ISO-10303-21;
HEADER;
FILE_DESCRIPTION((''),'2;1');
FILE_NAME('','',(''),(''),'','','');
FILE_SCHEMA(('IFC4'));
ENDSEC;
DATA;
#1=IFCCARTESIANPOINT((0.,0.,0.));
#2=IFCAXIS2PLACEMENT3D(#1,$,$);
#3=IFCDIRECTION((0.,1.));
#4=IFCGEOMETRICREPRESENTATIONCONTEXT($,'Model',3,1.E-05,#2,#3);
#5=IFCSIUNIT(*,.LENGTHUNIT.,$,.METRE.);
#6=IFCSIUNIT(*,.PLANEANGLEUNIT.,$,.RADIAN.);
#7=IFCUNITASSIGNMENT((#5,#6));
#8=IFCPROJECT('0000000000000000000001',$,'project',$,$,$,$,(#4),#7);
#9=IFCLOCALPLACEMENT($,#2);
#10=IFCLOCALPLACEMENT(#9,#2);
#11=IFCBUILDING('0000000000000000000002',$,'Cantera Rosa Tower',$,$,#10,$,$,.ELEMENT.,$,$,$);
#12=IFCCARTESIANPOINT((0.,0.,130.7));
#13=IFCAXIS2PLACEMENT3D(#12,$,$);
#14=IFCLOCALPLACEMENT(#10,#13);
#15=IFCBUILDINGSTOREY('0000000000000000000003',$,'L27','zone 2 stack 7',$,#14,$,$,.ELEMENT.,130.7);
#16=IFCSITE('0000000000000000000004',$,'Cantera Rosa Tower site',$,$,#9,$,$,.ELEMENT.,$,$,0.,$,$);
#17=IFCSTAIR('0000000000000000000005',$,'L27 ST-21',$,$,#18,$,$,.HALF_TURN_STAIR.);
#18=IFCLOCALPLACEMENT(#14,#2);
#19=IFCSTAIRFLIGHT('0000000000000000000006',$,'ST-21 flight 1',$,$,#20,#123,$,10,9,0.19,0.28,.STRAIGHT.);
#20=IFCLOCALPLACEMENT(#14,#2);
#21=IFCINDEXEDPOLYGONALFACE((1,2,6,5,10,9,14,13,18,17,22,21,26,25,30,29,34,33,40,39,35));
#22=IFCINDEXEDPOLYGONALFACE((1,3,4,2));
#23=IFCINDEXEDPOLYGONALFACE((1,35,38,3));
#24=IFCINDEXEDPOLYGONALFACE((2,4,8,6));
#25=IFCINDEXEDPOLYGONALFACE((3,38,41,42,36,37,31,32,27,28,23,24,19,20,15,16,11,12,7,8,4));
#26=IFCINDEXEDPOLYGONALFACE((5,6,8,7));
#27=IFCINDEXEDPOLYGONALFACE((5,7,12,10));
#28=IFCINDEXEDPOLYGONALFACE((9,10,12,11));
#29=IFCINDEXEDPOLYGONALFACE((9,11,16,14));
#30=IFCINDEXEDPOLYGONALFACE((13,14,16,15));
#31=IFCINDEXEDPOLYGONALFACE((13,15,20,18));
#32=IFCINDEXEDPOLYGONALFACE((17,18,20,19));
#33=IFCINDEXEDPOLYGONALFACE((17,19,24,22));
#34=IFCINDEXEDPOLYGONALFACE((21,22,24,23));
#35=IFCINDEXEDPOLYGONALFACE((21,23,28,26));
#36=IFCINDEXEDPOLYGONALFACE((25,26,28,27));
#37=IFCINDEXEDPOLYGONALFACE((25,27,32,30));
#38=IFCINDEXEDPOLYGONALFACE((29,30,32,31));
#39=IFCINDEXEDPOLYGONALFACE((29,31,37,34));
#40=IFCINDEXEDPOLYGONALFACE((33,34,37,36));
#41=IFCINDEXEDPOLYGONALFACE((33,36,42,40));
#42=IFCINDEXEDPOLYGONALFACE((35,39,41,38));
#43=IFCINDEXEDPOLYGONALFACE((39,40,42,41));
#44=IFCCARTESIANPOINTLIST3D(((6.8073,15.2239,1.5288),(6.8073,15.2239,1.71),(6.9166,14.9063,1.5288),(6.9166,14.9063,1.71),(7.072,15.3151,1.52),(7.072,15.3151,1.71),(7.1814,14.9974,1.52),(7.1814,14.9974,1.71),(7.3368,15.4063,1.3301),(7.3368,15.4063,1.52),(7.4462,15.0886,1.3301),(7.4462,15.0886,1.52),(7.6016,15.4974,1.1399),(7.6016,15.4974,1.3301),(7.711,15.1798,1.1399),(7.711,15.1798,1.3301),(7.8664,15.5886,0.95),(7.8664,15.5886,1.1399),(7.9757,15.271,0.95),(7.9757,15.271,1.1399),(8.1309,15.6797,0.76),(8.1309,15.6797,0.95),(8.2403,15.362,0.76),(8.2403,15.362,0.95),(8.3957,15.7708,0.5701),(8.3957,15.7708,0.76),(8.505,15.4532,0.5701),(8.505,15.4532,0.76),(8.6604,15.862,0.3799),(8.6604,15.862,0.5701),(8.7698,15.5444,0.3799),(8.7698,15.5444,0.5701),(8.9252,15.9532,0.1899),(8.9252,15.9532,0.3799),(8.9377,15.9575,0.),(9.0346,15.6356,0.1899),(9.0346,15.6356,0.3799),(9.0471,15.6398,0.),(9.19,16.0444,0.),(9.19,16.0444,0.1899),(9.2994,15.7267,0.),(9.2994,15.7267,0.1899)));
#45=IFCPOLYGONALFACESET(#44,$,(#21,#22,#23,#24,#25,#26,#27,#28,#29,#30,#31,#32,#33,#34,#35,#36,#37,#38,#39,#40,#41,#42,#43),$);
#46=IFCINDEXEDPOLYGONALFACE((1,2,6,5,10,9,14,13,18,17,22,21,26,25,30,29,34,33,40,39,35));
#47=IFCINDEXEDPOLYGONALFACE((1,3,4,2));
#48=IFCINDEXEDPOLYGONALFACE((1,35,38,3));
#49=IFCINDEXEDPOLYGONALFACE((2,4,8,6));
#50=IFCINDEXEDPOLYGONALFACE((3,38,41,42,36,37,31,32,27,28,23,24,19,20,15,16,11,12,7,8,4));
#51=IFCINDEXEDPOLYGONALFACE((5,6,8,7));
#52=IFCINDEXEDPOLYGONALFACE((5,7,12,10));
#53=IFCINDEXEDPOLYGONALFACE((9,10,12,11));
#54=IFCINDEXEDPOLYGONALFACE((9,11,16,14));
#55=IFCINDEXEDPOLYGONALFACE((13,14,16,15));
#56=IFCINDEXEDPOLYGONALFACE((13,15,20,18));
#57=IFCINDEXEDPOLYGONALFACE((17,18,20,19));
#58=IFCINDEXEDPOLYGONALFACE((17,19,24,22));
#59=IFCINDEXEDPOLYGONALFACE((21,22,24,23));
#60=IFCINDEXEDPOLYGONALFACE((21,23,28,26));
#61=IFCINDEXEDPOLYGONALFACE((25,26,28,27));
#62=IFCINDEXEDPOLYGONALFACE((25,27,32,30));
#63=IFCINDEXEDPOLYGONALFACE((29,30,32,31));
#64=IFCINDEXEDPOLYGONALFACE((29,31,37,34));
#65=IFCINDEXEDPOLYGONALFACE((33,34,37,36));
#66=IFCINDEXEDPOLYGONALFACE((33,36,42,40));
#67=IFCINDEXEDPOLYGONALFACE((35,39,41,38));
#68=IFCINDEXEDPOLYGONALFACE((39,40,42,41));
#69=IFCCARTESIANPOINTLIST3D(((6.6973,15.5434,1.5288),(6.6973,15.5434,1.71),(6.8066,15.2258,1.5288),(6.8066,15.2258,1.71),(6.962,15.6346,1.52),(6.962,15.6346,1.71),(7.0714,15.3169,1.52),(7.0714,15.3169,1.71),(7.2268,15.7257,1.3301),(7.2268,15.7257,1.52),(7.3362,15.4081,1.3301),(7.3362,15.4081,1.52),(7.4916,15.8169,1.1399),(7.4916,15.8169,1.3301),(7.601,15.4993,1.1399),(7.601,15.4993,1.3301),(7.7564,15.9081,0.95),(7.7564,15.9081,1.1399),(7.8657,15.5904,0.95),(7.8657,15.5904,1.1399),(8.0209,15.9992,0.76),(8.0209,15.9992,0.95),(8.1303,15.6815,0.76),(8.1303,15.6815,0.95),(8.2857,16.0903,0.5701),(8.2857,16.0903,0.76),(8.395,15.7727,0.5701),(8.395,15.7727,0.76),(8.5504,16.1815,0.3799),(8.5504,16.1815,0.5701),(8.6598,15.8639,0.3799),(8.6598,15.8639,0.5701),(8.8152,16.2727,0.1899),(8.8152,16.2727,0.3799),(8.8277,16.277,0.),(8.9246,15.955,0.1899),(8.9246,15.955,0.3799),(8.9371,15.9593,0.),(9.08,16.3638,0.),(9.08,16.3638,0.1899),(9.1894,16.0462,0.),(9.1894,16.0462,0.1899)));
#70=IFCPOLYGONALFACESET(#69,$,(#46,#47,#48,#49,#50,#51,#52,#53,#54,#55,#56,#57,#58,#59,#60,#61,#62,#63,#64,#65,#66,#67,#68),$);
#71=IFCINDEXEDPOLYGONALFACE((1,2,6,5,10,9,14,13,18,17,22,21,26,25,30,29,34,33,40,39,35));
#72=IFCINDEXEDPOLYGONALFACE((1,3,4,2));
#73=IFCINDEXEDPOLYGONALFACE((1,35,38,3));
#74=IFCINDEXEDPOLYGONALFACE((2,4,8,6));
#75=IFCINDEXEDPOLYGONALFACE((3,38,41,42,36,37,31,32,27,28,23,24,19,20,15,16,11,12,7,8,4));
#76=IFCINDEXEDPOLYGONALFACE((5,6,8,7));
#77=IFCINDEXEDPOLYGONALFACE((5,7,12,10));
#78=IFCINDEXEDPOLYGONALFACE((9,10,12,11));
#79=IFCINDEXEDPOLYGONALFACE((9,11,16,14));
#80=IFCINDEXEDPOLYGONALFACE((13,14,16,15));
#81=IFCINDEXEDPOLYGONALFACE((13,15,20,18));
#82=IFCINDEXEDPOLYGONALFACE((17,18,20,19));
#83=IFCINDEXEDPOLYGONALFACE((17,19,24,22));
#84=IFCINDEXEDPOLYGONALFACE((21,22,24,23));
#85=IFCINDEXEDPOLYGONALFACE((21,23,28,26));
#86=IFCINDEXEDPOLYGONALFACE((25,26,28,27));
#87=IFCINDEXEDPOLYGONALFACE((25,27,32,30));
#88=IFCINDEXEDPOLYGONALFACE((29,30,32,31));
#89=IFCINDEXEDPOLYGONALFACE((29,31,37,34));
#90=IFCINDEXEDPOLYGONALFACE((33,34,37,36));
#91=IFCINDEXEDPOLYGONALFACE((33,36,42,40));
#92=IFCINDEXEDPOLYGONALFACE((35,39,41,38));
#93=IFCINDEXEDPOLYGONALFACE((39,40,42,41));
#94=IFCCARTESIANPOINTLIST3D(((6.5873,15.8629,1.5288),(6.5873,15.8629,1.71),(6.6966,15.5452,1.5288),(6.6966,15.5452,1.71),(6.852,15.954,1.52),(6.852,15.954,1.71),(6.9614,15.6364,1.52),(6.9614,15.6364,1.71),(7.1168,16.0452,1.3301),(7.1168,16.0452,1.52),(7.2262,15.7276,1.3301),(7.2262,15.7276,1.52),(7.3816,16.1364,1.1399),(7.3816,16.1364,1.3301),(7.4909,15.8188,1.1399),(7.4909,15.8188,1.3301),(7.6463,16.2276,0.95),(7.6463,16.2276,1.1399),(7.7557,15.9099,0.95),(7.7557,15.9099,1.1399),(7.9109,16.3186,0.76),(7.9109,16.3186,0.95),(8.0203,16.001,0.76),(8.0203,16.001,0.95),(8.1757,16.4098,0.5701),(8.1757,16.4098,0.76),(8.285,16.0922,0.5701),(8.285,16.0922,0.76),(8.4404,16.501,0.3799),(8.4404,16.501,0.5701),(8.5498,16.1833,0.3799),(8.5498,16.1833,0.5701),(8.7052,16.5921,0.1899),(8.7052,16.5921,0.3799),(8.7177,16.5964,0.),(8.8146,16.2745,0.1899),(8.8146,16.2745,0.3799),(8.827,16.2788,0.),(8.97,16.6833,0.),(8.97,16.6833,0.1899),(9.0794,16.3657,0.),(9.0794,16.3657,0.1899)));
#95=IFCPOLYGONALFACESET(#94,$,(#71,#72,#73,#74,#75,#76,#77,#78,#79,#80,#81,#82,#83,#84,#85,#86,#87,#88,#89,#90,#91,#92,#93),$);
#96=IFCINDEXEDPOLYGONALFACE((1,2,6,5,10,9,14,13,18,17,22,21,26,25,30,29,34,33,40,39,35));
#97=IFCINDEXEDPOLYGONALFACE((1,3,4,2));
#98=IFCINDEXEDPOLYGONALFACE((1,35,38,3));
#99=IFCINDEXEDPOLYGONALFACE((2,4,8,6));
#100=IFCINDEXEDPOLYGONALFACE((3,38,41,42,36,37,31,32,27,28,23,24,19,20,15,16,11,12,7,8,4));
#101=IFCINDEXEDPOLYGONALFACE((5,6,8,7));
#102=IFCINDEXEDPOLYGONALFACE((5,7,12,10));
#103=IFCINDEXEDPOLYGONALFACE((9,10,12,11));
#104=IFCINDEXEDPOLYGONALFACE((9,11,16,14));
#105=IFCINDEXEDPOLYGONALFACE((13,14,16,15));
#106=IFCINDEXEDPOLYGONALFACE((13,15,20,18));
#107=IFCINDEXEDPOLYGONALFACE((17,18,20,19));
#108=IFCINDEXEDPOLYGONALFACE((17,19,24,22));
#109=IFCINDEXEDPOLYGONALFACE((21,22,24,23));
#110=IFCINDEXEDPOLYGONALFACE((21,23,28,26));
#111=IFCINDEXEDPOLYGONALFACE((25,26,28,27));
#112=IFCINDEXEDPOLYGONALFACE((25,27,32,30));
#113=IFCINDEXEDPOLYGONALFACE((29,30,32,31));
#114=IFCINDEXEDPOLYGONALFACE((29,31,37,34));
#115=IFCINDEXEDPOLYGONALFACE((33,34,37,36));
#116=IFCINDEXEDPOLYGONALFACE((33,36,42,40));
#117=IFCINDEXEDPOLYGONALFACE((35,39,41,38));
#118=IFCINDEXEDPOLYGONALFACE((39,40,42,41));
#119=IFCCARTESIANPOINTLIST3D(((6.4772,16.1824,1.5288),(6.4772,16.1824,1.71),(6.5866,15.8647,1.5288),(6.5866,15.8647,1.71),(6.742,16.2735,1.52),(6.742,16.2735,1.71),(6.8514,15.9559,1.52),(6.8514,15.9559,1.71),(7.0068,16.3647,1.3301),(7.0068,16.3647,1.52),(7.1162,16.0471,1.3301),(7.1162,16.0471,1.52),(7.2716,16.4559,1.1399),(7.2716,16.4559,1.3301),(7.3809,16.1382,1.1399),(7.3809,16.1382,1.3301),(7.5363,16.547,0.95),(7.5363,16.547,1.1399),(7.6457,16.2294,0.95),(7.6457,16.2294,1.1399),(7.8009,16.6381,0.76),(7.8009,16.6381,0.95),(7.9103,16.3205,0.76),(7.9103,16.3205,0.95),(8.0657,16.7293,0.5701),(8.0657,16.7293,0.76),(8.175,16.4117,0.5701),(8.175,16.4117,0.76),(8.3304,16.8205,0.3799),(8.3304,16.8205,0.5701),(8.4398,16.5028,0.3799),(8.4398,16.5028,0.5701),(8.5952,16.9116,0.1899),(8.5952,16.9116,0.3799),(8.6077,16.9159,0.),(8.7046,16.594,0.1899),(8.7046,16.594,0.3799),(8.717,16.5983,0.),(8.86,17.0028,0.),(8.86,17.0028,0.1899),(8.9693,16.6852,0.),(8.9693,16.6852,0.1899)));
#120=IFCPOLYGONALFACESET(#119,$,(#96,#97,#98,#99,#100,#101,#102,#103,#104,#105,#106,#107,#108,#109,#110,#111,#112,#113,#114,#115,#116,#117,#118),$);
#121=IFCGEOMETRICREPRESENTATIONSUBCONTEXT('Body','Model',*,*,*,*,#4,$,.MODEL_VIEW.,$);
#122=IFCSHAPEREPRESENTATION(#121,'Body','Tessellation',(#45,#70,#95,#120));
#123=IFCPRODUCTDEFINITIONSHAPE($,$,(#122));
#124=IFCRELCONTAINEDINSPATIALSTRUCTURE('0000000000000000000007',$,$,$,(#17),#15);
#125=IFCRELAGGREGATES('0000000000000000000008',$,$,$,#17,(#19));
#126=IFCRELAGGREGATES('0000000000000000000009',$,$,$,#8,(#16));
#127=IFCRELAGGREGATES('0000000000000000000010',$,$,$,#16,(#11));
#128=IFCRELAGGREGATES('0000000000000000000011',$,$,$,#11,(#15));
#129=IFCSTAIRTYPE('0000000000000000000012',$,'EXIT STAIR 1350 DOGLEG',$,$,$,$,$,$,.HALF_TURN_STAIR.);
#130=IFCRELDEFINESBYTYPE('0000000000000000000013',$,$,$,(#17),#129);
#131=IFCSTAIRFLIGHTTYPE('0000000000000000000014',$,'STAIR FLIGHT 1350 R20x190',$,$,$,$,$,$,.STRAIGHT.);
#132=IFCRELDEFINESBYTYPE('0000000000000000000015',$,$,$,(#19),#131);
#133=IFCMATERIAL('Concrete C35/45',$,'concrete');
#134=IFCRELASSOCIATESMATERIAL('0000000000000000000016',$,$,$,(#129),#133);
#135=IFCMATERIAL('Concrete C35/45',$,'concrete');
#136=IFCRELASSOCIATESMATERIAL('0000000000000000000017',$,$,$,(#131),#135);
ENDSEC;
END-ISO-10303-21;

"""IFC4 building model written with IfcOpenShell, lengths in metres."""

from ifc_helpers import new_model, si_unit, direction, frame, origin, place, context, subcontext, project, spatial, polyline, outline, extrude, material, type_object, element, aggregate, save


model = new_model("IFC4")

# Units and contexts
model_context = context("Model", 3, precision=1e-05, world=origin(), true_north=direction((0.0, 1.0)))
body_context = subcontext(model_context, "Body", "Model", "MODEL_VIEW")
ifc_project = project(units=[si_unit("LENGTHUNIT", "METRE"), si_unit("PLANEANGLEUNIT", "RADIAN")], contexts=[model_context])

# Site, building, storey
site_placement = place(None, origin())
site = spatial("IfcSite", under=ifc_project, at=site_placement, Name="Cantera Rosa Tower site", CompositionType="ELEMENT", RefElevation=0.0)
building_placement = place(site_placement, origin())
building = spatial("IfcBuilding", under=site, at=building_placement, Name="Cantera Rosa Tower", CompositionType="ELEMENT")
storey_placement = place(building_placement, frame((0.0, 0.0, 130.7)))
storey = spatial("IfcBuildingStorey", under=building, at=storey_placement, Name="L27", Description="zone 2 stack 7", CompositionType="ELEMENT", Elevation=130.7)

# Stair, stair flight
ifc_material_1 = material(Name="Concrete C35/45", Category="concrete")
stair_type = type_object("IfcStairType", Name="EXIT STAIR 1350 DOGLEG", PredefinedType="HALF_TURN_STAIR", material=ifc_material_1)
stair_placement = place(storey_placement, origin())
stair = element("IfcStair", 1, at=stair_placement, inside=storey, type_object=stair_type, Name="L27 ST-21", PredefinedType="HALF_TURN_STAIR")
ifc_material_2 = material(Name="Concrete C35/45", Category="concrete")
stair_flight_type = type_object("IfcStairFlightType", Name="STAIR FLIGHT 1350 R20x190", PredefinedType="STRAIGHT", material=ifc_material_2)
stair_flight_placement = place(storey_placement, frame((9.0796, 16.365, 0.0), z_axis=(0.0, 0.0, 1.0), x_axis=(-0.945519, -0.325568, 0.0)))
stair_flight = element("IfcStairFlight", 2, at=stair_flight_placement, type_object=stair_flight_type, Name="ST-21 flight 1", NumberOfRisers=10, NumberOfTreads=9, PredefinedType="STRAIGHT", RiserHeight=0.19, TreadLength=0.28, context=body_context, shape_type="SweptSolid", body=[
    extrude(outline(polyline([(0.0, 0.0), (0.0, 0.1899), (0.28, 0.1899), (0.28, 0.3799), (0.5601, 0.3799), (0.5601, 0.5701), (0.8401, 0.5701), (0.8401, 0.76), (1.1201, 0.76), (1.1201, 0.95), (1.3999, 0.95), (1.3999, 1.1399), (1.6799, 1.1399), (1.6799, 1.3301), (1.96, 1.3301), (1.96, 1.52), (2.24, 1.52), (2.24, 1.71), (2.52, 1.71), (2.52, 1.8999), (2.52, 1.5288), (0.2668, 0.0), (0.0, 0.0)])), frame((0.0, 0.675, 0.0), z_axis=(0.0, -1.0, 0.0), x_axis=(1.0, 0.0, 0.0)), (0.0, 0.0, 1.0), 0.3359),
    extrude(outline(polyline([(0.0, 0.0), (0.0, 0.1899), (0.28, 0.1899), (0.28, 0.3799), (0.5601, 0.3799), (0.5601, 0.5701), (0.8401, 0.5701), (0.8401, 0.76), (1.1201, 0.76), (1.1201, 0.95), (1.3999, 0.95), (1.3999, 1.1399), (1.6799, 1.1399), (1.6799, 1.3301), (1.96, 1.3301), (1.96, 1.52), (2.24, 1.52), (2.24, 1.71), (2.52, 1.71), (2.52, 1.8999), (2.52, 1.5288), (0.2668, 0.0), (0.0, 0.0)])), frame((0.0, 0.3372, 0.0), z_axis=(0.0, -1.0, 0.0), x_axis=(1.0, 0.0, 0.0)), (0.0, 0.0, 1.0), 0.3359),
    extrude(outline(polyline([(0.0, 0.0), (0.0, 0.1899), (0.28, 0.1899), (0.28, 0.3799), (0.5601, 0.3799), (0.5601, 0.5701), (0.8401, 0.5701), (0.8401, 0.76), (1.1201, 0.76), (1.1201, 0.95), (1.3999, 0.95), (1.3999, 1.1399), (1.6799, 1.1399), (1.6799, 1.3301), (1.96, 1.3301), (1.96, 1.52), (2.24, 1.52), (2.24, 1.71), (2.52, 1.71), (2.52, 1.8999), (2.52, 1.5288), (0.2668, 0.0), (0.0, 0.0)])), frame((0.0, -0.0007, 0.0), z_axis=(0.0, -1.0, 0.0), x_axis=(1.0, 0.0, 0.0)), (0.0, 0.0, 1.0), 0.3359),
    extrude(outline(polyline([(0.0, 0.0), (0.0, 0.1899), (0.28, 0.1899), (0.28, 0.3799), (0.5601, 0.3799), (0.5601, 0.5701), (0.8401, 0.5701), (0.8401, 0.76), (1.1201, 0.76), (1.1201, 0.95), (1.3999, 0.95), (1.3999, 1.1399), (1.6799, 1.1399), (1.6799, 1.3301), (1.96, 1.3301), (1.96, 1.52), (2.24, 1.52), (2.24, 1.71), (2.52, 1.71), (2.52, 1.8999), (2.52, 1.5288), (0.2668, 0.0), (0.0, 0.0)])), frame((0.0, -0.3386, 0.0), z_axis=(0.0, -1.0, 0.0), x_axis=(1.0, 0.0, 0.0)), (0.0, 0.0, 1.0), 0.3359),
])
aggregate(stair, [stair_flight])

save(model, "model.ifc")
